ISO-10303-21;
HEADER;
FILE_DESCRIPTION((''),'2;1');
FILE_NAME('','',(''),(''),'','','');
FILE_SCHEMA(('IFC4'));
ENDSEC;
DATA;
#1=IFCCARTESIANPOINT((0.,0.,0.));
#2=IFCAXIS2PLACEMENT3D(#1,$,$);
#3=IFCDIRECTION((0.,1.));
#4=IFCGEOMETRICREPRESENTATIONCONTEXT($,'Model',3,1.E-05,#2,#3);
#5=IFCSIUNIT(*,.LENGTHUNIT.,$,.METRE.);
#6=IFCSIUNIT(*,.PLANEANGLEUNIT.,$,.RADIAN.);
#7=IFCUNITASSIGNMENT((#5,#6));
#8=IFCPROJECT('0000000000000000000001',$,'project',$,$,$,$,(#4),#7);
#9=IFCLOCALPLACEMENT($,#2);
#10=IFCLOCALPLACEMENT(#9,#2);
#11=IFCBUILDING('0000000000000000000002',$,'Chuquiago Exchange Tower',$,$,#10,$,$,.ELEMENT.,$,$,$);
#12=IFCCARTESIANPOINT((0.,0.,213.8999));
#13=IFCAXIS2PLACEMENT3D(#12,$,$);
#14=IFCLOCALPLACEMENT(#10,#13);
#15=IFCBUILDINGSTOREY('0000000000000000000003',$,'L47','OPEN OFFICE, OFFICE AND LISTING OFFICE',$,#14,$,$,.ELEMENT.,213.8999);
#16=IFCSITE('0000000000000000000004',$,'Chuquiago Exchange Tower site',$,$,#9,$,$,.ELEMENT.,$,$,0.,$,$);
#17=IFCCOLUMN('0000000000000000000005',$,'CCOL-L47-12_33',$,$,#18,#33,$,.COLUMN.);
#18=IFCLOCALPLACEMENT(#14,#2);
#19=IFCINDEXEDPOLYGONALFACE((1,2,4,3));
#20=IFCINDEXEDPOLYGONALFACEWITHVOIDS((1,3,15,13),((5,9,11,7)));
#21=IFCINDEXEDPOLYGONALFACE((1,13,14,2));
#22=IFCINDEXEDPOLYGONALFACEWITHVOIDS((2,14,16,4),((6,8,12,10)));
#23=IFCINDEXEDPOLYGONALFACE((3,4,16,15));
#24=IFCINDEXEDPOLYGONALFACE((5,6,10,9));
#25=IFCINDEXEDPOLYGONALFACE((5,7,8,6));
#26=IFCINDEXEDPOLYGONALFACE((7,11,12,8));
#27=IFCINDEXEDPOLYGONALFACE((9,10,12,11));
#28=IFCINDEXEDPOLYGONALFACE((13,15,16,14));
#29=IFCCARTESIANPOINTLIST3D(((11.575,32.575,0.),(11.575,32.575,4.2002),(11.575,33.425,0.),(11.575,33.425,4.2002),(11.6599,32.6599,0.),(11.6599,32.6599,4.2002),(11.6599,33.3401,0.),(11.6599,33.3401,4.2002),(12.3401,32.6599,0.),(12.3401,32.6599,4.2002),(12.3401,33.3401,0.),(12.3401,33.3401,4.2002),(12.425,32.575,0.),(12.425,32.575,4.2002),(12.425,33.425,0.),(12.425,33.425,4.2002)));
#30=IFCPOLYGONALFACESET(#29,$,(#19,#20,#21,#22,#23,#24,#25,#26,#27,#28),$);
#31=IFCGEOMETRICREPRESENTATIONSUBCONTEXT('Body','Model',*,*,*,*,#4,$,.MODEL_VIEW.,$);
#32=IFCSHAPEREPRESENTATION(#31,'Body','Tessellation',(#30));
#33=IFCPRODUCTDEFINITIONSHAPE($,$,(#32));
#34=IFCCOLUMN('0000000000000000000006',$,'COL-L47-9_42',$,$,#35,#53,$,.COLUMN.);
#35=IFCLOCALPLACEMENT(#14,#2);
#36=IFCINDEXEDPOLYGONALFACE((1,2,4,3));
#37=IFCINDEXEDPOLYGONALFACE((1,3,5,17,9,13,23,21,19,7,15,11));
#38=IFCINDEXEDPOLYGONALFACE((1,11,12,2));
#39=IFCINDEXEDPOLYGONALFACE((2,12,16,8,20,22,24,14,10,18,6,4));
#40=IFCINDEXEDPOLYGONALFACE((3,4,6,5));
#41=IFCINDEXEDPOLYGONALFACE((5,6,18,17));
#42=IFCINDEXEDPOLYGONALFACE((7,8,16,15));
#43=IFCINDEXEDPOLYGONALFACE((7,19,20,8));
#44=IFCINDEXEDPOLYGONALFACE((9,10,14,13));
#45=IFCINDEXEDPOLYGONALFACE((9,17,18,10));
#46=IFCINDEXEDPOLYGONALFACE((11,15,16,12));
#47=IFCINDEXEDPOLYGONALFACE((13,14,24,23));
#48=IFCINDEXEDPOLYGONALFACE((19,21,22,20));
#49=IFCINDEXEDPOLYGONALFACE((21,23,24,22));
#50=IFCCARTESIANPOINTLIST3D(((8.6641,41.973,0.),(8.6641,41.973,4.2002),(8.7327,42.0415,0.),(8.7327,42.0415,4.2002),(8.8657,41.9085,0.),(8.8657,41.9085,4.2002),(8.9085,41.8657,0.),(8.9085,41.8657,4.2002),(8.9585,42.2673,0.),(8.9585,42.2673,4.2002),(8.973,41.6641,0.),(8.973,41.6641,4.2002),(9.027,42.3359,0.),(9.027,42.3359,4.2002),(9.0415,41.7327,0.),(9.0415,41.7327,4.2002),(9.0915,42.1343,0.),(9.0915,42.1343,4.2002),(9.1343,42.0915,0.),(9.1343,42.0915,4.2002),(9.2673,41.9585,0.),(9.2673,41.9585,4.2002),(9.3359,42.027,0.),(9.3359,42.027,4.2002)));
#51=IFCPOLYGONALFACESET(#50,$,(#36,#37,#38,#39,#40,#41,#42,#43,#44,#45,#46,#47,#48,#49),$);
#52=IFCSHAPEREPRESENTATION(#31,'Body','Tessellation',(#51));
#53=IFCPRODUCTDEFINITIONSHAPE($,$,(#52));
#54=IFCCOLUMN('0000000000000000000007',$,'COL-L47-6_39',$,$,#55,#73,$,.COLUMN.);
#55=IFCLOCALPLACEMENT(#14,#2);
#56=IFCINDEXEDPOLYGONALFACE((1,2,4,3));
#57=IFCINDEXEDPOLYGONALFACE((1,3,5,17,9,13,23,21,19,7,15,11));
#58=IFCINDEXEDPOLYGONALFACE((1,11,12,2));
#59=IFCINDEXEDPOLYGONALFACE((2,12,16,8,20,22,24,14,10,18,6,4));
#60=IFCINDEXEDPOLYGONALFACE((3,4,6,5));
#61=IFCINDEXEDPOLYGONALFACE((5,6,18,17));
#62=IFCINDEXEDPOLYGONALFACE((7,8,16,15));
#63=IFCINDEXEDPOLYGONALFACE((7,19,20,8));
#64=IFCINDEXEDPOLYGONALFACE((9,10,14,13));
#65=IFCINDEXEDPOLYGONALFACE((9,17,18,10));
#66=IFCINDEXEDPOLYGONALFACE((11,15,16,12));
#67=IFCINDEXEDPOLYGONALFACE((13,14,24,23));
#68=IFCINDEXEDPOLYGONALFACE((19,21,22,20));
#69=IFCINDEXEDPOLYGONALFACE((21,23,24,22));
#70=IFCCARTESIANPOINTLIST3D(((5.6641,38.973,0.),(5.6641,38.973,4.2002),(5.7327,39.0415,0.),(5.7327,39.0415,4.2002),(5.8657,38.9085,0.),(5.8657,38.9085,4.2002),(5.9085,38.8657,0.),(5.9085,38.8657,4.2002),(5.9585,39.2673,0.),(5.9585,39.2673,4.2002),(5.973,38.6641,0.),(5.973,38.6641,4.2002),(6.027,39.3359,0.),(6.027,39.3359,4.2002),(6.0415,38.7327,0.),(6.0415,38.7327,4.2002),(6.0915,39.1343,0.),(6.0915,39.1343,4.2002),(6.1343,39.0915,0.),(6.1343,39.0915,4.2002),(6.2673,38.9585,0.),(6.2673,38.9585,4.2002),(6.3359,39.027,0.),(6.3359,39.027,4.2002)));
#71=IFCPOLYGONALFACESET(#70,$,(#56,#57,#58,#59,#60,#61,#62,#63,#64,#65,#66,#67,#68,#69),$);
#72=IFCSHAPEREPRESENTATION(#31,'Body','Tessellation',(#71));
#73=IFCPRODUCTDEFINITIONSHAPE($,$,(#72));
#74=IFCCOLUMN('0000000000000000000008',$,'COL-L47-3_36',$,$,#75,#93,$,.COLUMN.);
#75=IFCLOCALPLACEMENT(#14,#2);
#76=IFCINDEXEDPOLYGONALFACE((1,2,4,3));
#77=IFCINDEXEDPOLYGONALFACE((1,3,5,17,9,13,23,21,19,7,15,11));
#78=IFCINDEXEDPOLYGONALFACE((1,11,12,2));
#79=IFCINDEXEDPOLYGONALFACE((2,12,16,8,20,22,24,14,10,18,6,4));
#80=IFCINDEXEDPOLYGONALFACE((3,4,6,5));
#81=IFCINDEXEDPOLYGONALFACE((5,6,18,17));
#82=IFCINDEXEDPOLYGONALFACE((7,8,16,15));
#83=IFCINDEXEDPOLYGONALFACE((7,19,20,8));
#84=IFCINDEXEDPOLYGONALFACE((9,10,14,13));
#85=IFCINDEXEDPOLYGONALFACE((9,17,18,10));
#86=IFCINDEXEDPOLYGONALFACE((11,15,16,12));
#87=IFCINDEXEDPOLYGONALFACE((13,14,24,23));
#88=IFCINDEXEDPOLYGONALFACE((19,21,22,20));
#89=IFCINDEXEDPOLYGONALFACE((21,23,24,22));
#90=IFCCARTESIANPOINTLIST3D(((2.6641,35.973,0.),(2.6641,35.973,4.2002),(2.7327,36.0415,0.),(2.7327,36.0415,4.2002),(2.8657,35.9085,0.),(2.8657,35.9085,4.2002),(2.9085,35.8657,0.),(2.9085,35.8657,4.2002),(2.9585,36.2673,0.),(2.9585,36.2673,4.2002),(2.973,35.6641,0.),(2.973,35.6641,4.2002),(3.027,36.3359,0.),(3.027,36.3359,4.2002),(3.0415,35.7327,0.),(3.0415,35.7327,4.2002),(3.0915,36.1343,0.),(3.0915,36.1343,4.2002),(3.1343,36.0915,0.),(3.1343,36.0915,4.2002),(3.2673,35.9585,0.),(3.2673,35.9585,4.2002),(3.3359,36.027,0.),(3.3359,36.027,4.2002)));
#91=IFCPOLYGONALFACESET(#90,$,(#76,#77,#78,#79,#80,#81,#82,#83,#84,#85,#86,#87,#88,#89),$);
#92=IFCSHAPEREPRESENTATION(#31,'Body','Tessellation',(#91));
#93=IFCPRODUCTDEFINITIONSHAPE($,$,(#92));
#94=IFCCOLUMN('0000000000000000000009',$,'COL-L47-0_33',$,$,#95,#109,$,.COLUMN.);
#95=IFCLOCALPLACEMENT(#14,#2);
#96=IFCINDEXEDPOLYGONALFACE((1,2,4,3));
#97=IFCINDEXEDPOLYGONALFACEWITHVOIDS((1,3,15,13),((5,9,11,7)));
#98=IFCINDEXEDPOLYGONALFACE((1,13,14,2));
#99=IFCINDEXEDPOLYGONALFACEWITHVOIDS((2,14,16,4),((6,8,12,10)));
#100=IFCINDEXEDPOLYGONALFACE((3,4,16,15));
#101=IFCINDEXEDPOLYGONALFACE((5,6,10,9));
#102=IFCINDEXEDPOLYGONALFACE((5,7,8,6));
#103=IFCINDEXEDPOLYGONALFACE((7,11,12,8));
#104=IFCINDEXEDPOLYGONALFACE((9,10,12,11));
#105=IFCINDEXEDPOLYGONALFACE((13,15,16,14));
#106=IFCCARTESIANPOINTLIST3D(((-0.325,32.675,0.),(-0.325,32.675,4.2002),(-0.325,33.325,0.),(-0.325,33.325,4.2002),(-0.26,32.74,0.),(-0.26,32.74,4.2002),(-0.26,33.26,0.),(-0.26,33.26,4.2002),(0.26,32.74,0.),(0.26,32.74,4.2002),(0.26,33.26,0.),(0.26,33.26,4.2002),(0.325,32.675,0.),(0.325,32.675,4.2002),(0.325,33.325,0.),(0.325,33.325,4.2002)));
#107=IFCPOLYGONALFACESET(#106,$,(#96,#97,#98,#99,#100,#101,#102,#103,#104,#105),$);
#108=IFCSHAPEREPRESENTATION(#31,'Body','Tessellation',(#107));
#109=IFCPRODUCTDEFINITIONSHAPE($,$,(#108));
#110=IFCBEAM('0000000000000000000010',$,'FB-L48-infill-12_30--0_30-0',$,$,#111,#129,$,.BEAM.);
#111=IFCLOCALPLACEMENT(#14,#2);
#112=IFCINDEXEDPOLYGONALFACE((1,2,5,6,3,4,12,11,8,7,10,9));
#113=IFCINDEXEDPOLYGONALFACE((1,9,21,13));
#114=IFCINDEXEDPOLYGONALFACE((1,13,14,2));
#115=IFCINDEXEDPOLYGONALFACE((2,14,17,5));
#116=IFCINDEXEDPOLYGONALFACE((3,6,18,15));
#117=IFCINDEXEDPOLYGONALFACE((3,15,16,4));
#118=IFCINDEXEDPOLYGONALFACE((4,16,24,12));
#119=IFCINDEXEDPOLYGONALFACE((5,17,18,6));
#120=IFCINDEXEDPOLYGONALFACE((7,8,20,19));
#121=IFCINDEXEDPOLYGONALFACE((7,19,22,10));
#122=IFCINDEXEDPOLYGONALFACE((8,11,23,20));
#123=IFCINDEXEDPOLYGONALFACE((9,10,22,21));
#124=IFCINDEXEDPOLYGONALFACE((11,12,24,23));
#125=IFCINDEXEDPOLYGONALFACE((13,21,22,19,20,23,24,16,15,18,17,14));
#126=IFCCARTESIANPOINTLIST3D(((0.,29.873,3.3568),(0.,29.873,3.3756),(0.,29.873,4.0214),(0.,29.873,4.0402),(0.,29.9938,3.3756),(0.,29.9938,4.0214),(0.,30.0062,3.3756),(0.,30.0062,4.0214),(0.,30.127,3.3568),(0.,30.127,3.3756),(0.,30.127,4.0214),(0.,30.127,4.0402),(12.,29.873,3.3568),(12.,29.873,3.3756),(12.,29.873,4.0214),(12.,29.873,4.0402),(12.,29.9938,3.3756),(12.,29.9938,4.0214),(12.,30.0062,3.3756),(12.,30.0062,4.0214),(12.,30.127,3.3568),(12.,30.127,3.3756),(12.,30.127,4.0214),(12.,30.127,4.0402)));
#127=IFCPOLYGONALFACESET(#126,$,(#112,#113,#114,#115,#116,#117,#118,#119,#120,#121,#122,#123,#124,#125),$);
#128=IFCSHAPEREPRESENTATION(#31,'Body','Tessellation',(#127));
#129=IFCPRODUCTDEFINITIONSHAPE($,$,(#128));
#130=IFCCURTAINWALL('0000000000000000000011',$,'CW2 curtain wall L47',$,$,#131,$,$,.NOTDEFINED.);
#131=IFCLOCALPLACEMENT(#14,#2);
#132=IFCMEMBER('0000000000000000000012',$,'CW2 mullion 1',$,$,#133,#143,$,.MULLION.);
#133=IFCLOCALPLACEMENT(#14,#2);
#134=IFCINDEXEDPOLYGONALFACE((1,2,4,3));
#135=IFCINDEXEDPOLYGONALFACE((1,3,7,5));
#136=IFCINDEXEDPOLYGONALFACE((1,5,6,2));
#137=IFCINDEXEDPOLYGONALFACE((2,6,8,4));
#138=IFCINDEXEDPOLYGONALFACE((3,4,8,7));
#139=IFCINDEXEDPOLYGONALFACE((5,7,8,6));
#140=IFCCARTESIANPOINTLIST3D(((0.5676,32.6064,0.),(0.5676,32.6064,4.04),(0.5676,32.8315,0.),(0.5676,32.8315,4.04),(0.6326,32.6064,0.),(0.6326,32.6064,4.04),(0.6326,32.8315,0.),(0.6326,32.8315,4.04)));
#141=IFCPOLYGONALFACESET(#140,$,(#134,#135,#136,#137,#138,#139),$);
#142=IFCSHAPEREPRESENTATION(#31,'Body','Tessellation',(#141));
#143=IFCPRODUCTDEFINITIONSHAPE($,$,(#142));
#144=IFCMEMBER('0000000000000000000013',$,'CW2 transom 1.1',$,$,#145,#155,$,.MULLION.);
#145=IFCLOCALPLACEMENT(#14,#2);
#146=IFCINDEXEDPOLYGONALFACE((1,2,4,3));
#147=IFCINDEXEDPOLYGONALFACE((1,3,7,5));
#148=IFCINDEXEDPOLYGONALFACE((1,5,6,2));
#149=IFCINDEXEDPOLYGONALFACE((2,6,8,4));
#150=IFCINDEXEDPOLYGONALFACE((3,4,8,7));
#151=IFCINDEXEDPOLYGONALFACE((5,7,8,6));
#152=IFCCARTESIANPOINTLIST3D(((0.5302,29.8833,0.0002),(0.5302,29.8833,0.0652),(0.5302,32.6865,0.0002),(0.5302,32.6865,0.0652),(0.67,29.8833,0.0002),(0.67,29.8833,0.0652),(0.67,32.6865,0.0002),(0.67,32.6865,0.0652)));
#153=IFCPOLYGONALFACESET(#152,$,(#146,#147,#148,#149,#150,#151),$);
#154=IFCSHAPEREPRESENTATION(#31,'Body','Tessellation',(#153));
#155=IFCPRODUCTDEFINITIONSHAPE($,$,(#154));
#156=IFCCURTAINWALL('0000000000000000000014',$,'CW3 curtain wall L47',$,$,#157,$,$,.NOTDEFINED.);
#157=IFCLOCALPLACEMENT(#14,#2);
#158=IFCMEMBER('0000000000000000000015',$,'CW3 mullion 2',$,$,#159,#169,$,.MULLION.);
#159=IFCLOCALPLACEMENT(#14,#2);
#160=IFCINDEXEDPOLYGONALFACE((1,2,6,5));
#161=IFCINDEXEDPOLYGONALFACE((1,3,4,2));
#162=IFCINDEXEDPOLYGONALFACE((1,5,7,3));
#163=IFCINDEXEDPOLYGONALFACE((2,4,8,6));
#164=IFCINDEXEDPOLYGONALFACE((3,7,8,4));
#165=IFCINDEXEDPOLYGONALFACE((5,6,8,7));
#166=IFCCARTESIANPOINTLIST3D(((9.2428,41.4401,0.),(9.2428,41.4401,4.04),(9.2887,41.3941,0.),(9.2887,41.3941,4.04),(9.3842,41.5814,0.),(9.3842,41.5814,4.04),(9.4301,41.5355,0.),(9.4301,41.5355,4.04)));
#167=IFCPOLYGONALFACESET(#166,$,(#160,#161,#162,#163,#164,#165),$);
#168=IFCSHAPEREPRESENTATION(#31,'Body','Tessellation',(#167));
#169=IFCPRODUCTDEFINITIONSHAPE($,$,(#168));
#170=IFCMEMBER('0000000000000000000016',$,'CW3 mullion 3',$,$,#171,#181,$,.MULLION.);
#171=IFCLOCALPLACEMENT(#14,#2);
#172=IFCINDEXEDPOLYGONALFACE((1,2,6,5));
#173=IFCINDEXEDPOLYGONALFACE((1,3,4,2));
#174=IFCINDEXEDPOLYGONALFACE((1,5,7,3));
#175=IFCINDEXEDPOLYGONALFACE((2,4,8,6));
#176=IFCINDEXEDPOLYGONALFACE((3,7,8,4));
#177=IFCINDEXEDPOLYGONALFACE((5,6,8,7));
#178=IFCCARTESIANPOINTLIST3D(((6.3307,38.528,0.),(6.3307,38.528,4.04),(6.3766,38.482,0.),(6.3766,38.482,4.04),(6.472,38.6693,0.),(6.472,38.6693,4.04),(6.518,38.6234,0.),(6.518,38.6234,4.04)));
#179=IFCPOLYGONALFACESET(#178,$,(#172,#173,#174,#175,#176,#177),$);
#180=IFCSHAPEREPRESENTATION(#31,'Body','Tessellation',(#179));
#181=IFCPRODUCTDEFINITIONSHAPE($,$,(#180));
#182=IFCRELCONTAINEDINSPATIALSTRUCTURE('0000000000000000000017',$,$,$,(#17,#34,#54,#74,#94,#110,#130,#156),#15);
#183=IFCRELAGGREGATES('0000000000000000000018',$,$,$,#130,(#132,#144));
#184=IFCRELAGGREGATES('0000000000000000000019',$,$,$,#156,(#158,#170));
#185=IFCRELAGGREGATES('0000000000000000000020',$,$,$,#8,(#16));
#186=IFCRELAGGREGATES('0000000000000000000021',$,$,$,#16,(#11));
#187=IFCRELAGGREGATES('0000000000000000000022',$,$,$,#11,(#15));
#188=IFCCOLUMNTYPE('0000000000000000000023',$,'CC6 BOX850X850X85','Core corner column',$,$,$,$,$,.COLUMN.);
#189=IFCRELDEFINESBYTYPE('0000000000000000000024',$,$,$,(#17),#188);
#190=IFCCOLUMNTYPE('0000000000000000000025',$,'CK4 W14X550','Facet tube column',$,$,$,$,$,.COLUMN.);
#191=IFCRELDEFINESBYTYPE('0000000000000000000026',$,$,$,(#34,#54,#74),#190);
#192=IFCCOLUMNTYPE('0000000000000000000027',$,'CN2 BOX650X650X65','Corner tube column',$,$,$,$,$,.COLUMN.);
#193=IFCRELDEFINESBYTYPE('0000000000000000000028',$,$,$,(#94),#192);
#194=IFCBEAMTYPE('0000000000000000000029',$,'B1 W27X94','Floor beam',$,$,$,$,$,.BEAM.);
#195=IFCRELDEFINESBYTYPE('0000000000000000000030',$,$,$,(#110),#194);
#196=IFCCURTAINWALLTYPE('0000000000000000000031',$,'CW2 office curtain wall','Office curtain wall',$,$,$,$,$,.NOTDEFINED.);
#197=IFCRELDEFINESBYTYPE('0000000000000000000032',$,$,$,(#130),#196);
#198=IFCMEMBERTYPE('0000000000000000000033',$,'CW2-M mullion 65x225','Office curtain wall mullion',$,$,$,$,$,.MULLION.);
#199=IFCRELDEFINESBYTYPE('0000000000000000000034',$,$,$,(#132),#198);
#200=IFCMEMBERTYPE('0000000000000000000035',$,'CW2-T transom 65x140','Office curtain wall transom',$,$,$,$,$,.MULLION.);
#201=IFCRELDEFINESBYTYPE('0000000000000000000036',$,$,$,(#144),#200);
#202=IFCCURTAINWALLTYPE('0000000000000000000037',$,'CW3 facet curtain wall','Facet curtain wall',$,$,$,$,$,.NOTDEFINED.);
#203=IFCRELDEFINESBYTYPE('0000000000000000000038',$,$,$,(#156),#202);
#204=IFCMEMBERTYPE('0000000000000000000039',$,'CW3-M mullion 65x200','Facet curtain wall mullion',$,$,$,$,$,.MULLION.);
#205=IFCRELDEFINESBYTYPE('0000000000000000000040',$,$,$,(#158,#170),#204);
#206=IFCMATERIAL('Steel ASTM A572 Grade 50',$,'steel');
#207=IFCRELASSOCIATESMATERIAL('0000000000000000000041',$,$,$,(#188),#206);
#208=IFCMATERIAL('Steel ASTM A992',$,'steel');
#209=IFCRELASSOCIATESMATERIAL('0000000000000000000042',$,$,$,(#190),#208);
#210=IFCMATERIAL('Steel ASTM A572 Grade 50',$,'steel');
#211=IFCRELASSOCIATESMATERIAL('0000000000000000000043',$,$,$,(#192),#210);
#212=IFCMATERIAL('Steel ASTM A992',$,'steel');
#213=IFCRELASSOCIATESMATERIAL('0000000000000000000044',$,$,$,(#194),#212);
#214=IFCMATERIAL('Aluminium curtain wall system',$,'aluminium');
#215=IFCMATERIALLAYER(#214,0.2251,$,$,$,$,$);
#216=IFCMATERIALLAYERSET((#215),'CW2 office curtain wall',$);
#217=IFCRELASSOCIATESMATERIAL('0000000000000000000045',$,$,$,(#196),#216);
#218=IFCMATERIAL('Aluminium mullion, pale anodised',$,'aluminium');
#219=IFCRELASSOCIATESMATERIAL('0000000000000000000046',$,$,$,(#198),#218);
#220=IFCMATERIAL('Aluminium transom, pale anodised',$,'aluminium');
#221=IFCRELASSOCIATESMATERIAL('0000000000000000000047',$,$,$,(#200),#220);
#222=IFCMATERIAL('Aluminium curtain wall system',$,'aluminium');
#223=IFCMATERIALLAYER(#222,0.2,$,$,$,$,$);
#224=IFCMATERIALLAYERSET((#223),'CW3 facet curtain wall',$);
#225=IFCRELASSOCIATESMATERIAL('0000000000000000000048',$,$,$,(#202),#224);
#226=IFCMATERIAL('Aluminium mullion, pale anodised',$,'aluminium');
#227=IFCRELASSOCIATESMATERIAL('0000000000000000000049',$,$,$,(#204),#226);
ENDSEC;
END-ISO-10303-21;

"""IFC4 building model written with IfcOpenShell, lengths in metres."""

from ifc_helpers import new_model, si_unit, direction, frame, origin, origin_2d, place, context, subcontext, project, spatial, rectangle, hollow_rectangle, i_section, extrude, material, layer, layer_set, material_profile, profile_set, type_object, element, aggregate, save


model = new_model("IFC4")

# Units and contexts
model_context = context("Model", 3, precision=1e-05, world=origin(), true_north=direction((0.0, 1.0)))
body_context = subcontext(model_context, "Body", "Model", "MODEL_VIEW")
ifc_project = project(units=[si_unit("LENGTHUNIT", "METRE"), si_unit("PLANEANGLEUNIT", "RADIAN")], contexts=[model_context])

# Site, building, storey
site_placement = place(None, origin())
site = spatial("IfcSite", under=ifc_project, at=site_placement, Name="Chuquiago Exchange Tower site", CompositionType="ELEMENT", RefElevation=0.0)
building_placement = place(site_placement, origin())
building = spatial("IfcBuilding", under=site, at=building_placement, Name="Chuquiago Exchange Tower", CompositionType="ELEMENT")
storey_placement = place(building_placement, frame((0.0, 0.0, 213.8999)))
storey = spatial("IfcBuildingStorey", under=building, at=storey_placement, Name="L47", Description="OPEN OFFICE, OFFICE AND LISTING OFFICE", CompositionType="ELEMENT", Elevation=213.8999)

# Columns
ifc_material_1 = material(Name="Steel ASTM A572 Grade 50", Category="steel")
ifc_material_profile_1 = material_profile(ifc_material_1, hollow_rectangle(XDim=0.8501, YDim=0.8501, WallThickness=0.085, at=origin_2d()), Name="BOX850X850X85")
ifc_profile_set_1 = profile_set([ifc_material_profile_1], Name="Steel ASTM A572 Grade 50")
column_type_1 = type_object("IfcColumnType", Name="CC6 BOX850X850X85", Description="Core corner column", PredefinedType="COLUMN", material=ifc_profile_set_1)
column_1_placement = place(storey_placement, frame((12.0, 33.0, 0.0), z_axis=(0.0, 0.0, 1.0), x_axis=(1.0, 0.0, 0.0)))
element("IfcColumn", 1, at=column_1_placement, inside=storey, type_object=column_type_1, Name="CCOL-L47-12_33", PredefinedType="COLUMN", context=body_context, shape_type="SweptSolid", body=[
    extrude(hollow_rectangle(XDim=0.8501, YDim=0.8501, WallThickness=0.085, at=origin_2d()), origin(), (0.0, 0.0, 1.0), 4.2002),
])
ifc_material_2 = material(Name="Steel ASTM A992", Category="steel")
ifc_material_profile_2 = material_profile(ifc_material_2, i_section(OverallWidth=0.4368, OverallDepth=0.5132, WebThickness=0.0605, FlangeThickness=0.0969, at=origin_2d()), Name="W14X550")
ifc_profile_set_2 = profile_set([ifc_material_profile_2], Name="Steel ASTM A992")
column_type_2 = type_object("IfcColumnType", Name="CK4 W14X550", Description="Facet tube column", PredefinedType="COLUMN", material=ifc_profile_set_2)
for number, where, z_axis, x_axis, name in (
    (2, (9.0, 42.0, 0.0), (0.0, 0.0, 1.0), (-0.707107, 0.707107, 0.0), "COL-L47-9_42"),
    (3, (6.0, 39.0, 0.0), (0.0, 0.0, 1.0), (-0.707107, 0.707107, 0.0), "COL-L47-6_39"),
    (4, (3.0, 36.0, 0.0), (0.0, 0.0, 1.0), (-0.707107, 0.707107, 0.0), "COL-L47-3_36"),
):
    element("IfcColumn", number, at=place(storey_placement, frame(where, z_axis=z_axis, x_axis=x_axis)), inside=storey, type_object=column_type_2, Name=name, PredefinedType="COLUMN", context=body_context, shape_type="SweptSolid", body=[
        extrude(i_section(OverallWidth=0.4368, OverallDepth=0.5132, WebThickness=0.0605, FlangeThickness=0.0969, at=origin_2d()), origin(), (0.0, 0.0, 1.0), 4.2002),
    ])
ifc_material_3 = material(Name="Steel ASTM A572 Grade 50", Category="steel")
ifc_material_profile_3 = material_profile(ifc_material_3, hollow_rectangle(XDim=0.6499, YDim=0.6499, WallThickness=0.0649, at=origin_2d()), Name="BOX650X650X65")
ifc_profile_set_3 = profile_set([ifc_material_profile_3], Name="Steel ASTM A572 Grade 50")
column_type_3 = type_object("IfcColumnType", Name="CN2 BOX650X650X65", Description="Corner tube column", PredefinedType="COLUMN", material=ifc_profile_set_3)
column_2_placement = place(storey_placement, frame((0.0, 33.0, 0.0), z_axis=(0.0, 0.0, 1.0), x_axis=(-1.0, 0.0, 0.0)))
element("IfcColumn", 5, at=column_2_placement, inside=storey, type_object=column_type_3, Name="COL-L47-0_33", PredefinedType="COLUMN", context=body_context, shape_type="SweptSolid", body=[
    extrude(hollow_rectangle(XDim=0.6499, YDim=0.6499, WallThickness=0.0649, at=origin_2d()), origin(), (0.0, 0.0, 1.0), 4.2002),
])

# Beam
ifc_material_4 = material(Name="Steel ASTM A992", Category="steel")
ifc_material_profile_4 = material_profile(ifc_material_4, i_section(OverallWidth=0.2539, OverallDepth=0.6833, WebThickness=0.0125, FlangeThickness=0.0188, at=origin_2d()), Name="W27X94")
ifc_profile_set_4 = profile_set([ifc_material_profile_4], Name="Steel ASTM A992")
beam_type_1 = type_object("IfcBeamType", Name="B1 W27X94", Description="Floor beam", PredefinedType="BEAM", material=ifc_profile_set_4)
beam_1_placement = place(storey_placement, frame((12.0, 30.0, 3.6985), z_axis=(-1.0, 0.0, 0.0), x_axis=(0.0, -1.0, 0.0)))
element("IfcBeam", 6, at=beam_1_placement, inside=storey, type_object=beam_type_1, Name="FB-L48-infill-12_30--0_30-0", PredefinedType="BEAM", context=body_context, shape_type="SweptSolid", body=[
    extrude(i_section(OverallWidth=0.2539, OverallDepth=0.6833, WebThickness=0.0125, FlangeThickness=0.0188, at=origin_2d()), origin(), (0.0, 0.0, 1.0), 12.0),
])

# Curtain walls, members
ifc_material_5 = material(Name="Aluminium curtain wall system", Category="aluminium")
ifc_layer_1 = layer(ifc_material_5, 0.2251)
ifc_layer_set_1 = layer_set([ifc_layer_1], Name="CW2 office curtain wall")
curtain_wall_type_1 = type_object("IfcCurtainWallType", Name="CW2 office curtain wall", Description="Office curtain wall", PredefinedType="NOTDEFINED", material=ifc_layer_set_1)
curtain_wall_1_placement = place(storey_placement, origin())
curtain_wall_1 = element("IfcCurtainWall", 7, at=curtain_wall_1_placement, inside=storey, type_object=curtain_wall_type_1, Name="CW2 curtain wall L47", PredefinedType="NOTDEFINED")
ifc_material_6 = material(Name="Aluminium mullion, pale anodised", Category="aluminium")
ifc_material_profile_5 = material_profile(ifc_material_6, rectangle(XDim=0.0649, YDim=0.2251, at=origin_2d()), Name="AL 65x225")
ifc_profile_set_5 = profile_set([ifc_material_profile_5], Name="Aluminium mullion, pale anodised")
member_type_1 = type_object("IfcMemberType", Name="CW2-M mullion 65x225", Description="Office curtain wall mullion", PredefinedType="MULLION", material=ifc_profile_set_5)
member_1_placement = place(storey_placement, frame((0.6001, 32.719, 0.0), z_axis=(0.0, 0.0, 1.0), x_axis=(1.0, 0.0, 0.0)))
member_1 = element("IfcMember", 8, at=member_1_placement, type_object=member_type_1, Name="CW2 mullion 1", PredefinedType="MULLION", context=body_context, shape_type="SweptSolid", body=[
    extrude(rectangle(XDim=0.0649, YDim=0.2251, at=origin_2d()), origin(), (0.0, 0.0, 1.0), 4.04),
])
ifc_material_7 = material(Name="Aluminium transom, pale anodised", Category="aluminium")
ifc_material_profile_6 = material_profile(ifc_material_7, rectangle(XDim=0.1399, YDim=0.0649, at=origin_2d()), Name="AL 140x65")
ifc_profile_set_6 = profile_set([ifc_material_profile_6], Name="Aluminium transom, pale anodised")
member_type_2 = type_object("IfcMemberType", Name="CW2-T transom 65x140", Description="Office curtain wall transom", PredefinedType="MULLION", material=ifc_profile_set_6)
member_2_placement = place(storey_placement, frame((0.6001, 32.6865, 0.0327), z_axis=(0.0, -1.0, 0.0), x_axis=(1.0, 0.0, 0.0)))
member_2 = element("IfcMember", 9, at=member_2_placement, type_object=member_type_2, Name="CW2 transom 1.1", PredefinedType="MULLION", context=body_context, shape_type="SweptSolid", body=[
    extrude(rectangle(XDim=0.1399, YDim=0.0649, at=origin_2d()), origin(), (0.0, 0.0, 1.0), 2.8032),
])
ifc_material_8 = material(Name="Aluminium curtain wall system", Category="aluminium")
ifc_layer_2 = layer(ifc_material_8, 0.2)
ifc_layer_set_2 = layer_set([ifc_layer_2], Name="CW3 facet curtain wall")
curtain_wall_type_2 = type_object("IfcCurtainWallType", Name="CW3 facet curtain wall", Description="Facet curtain wall", PredefinedType="NOTDEFINED", material=ifc_layer_set_2)
curtain_wall_2_placement = place(storey_placement, origin())
curtain_wall_2 = element("IfcCurtainWall", 10, at=curtain_wall_2_placement, inside=storey, type_object=curtain_wall_type_2, Name="CW3 curtain wall L47", PredefinedType="NOTDEFINED")
ifc_material_9 = material(Name="Aluminium mullion, pale anodised", Category="aluminium")
ifc_material_profile_7 = material_profile(ifc_material_9, rectangle(XDim=0.0649, YDim=0.2, at=origin_2d()), Name="AL 65x200")
ifc_profile_set_7 = profile_set([ifc_material_profile_7], Name="Aluminium mullion, pale anodised")
member_type_3 = type_object("IfcMemberType", Name="CW3-M mullion 65x200", Description="Facet curtain wall mullion", PredefinedType="MULLION", material=ifc_profile_set_7)
member_3_placement = place(storey_placement, frame((9.3364, 41.4878, 0.0), z_axis=(0.0, 0.0, 1.0), x_axis=(0.707107, -0.707107, 0.0)))
member_3 = element("IfcMember", 11, at=member_3_placement, type_object=member_type_3, Name="CW3 mullion 2", PredefinedType="MULLION", context=body_context, shape_type="SweptSolid", body=[
    extrude(rectangle(XDim=0.0649, YDim=0.2, at=origin_2d()), origin(), (0.0, 0.0, 1.0), 4.04),
])
member_4_placement = place(storey_placement, frame((6.4243, 38.5757, 0.0), z_axis=(0.0, 0.0, 1.0), x_axis=(0.707107, -0.707107, 0.0)))
member_4 = element("IfcMember", 12, at=member_4_placement, type_object=member_type_3, Name="CW3 mullion 3", PredefinedType="MULLION", context=body_context, shape_type="SweptSolid", body=[
    extrude(rectangle(XDim=0.0649, YDim=0.2, at=origin_2d()), origin(), (0.0, 0.0, 1.0), 4.04),
])

aggregate(curtain_wall_1, [member_1, member_2])
aggregate(curtain_wall_2, [member_3, member_4])

save(model, "model.ifc")
